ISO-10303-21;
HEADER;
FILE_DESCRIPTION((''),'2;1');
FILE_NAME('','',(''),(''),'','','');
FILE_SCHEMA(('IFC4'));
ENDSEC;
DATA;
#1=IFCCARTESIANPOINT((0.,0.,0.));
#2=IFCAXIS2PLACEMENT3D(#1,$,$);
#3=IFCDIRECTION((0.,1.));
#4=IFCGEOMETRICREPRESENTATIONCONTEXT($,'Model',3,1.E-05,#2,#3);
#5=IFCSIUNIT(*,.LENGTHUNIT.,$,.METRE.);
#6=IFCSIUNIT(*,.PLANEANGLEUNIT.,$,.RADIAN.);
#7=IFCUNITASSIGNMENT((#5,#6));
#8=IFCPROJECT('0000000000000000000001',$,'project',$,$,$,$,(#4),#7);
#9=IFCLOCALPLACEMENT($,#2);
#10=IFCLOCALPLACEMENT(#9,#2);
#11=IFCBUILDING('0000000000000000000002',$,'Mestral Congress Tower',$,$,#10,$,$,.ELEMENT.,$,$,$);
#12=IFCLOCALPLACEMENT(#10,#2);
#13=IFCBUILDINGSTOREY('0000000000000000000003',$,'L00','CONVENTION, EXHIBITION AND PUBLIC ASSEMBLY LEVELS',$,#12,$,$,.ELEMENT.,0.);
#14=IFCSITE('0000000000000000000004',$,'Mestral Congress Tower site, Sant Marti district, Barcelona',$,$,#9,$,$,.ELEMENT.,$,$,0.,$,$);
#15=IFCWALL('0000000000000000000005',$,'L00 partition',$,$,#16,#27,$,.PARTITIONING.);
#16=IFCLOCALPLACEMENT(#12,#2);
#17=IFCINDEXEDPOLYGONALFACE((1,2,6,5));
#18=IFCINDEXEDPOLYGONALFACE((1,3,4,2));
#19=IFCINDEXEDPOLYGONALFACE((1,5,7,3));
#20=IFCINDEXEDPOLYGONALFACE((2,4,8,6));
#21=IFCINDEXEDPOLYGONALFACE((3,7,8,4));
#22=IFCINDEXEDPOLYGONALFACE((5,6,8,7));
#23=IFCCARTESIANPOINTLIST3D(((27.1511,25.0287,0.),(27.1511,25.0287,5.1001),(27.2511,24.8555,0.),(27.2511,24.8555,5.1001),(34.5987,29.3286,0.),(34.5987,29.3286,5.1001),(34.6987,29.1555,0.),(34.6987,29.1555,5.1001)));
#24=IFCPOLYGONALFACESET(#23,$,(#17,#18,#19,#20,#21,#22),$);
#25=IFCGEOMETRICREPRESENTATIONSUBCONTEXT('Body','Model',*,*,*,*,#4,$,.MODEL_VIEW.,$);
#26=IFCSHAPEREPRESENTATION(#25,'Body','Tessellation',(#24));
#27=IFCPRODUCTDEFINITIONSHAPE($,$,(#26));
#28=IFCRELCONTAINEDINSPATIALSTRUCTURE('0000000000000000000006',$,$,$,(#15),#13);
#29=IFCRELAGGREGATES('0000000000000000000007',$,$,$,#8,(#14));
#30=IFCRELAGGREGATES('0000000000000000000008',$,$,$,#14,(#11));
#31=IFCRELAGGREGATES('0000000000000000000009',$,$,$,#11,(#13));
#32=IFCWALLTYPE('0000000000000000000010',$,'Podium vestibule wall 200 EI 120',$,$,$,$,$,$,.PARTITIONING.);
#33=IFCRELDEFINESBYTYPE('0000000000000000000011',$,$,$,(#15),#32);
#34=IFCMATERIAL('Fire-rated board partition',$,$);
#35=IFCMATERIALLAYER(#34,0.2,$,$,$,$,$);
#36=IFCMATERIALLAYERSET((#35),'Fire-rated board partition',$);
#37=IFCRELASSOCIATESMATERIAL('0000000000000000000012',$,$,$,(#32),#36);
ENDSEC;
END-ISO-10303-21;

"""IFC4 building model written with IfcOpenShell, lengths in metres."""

from ifc_helpers import new_model, si_unit, direction, frame, frame_2d, origin, place, context, subcontext, project, spatial, rectangle, extrude, material, layer, layer_set, type_object, element, save


model = new_model("IFC4")

# Units and contexts
model_context = context("Model", 3, precision=1e-05, world=origin(), true_north=direction((0.0, 1.0)))
body_context = subcontext(model_context, "Body", "Model", "MODEL_VIEW")
ifc_project = project(units=[si_unit("LENGTHUNIT", "METRE"), si_unit("PLANEANGLEUNIT", "RADIAN")], contexts=[model_context])

# Site, building, storey
site_placement = place(None, origin())
site = spatial("IfcSite", under=ifc_project, at=site_placement, Name="Mestral Congress Tower site, Sant Marti district, Barcelona", CompositionType="ELEMENT", RefElevation=0.0)
building_placement = place(site_placement, origin())
building = spatial("IfcBuilding", under=site, at=building_placement, Name="Mestral Congress Tower", CompositionType="ELEMENT")
storey_placement = place(building_placement, origin())
storey = spatial("IfcBuildingStorey", under=building, at=storey_placement, Name="L00", Description="CONVENTION, EXHIBITION AND PUBLIC ASSEMBLY LEVELS", CompositionType="ELEMENT", Elevation=0.0)

# Wall
ifc_material_1 = material(Name="Fire-rated board partition")
ifc_layer = layer(ifc_material_1, 0.2)
ifc_layer_set = layer_set([ifc_layer], Name="Fire-rated board partition")
wall_type = type_object("IfcWallType", Name="Podium vestibule wall 200 EI 120", PredefinedType="PARTITIONING", material=ifc_layer_set)
wall_1_placement = place(storey_placement, frame((27.2012, 24.9421, 0.0), z_axis=(0.0, 0.0, 1.0), x_axis=(0.866021, 0.500008, 0.0)))
element("IfcWall", 1, at=wall_1_placement, inside=storey, type_object=wall_type, Name="L00 partition", PredefinedType="PARTITIONING", context=body_context, shape_type="SweptSolid", body=[
    extrude(rectangle(XDim=8.5999, YDim=0.2, at=frame_2d((4.2998, 0.0))), origin(), (0.0, 0.0, 1.0), 5.1001),
])

save(model, "model.ifc")
